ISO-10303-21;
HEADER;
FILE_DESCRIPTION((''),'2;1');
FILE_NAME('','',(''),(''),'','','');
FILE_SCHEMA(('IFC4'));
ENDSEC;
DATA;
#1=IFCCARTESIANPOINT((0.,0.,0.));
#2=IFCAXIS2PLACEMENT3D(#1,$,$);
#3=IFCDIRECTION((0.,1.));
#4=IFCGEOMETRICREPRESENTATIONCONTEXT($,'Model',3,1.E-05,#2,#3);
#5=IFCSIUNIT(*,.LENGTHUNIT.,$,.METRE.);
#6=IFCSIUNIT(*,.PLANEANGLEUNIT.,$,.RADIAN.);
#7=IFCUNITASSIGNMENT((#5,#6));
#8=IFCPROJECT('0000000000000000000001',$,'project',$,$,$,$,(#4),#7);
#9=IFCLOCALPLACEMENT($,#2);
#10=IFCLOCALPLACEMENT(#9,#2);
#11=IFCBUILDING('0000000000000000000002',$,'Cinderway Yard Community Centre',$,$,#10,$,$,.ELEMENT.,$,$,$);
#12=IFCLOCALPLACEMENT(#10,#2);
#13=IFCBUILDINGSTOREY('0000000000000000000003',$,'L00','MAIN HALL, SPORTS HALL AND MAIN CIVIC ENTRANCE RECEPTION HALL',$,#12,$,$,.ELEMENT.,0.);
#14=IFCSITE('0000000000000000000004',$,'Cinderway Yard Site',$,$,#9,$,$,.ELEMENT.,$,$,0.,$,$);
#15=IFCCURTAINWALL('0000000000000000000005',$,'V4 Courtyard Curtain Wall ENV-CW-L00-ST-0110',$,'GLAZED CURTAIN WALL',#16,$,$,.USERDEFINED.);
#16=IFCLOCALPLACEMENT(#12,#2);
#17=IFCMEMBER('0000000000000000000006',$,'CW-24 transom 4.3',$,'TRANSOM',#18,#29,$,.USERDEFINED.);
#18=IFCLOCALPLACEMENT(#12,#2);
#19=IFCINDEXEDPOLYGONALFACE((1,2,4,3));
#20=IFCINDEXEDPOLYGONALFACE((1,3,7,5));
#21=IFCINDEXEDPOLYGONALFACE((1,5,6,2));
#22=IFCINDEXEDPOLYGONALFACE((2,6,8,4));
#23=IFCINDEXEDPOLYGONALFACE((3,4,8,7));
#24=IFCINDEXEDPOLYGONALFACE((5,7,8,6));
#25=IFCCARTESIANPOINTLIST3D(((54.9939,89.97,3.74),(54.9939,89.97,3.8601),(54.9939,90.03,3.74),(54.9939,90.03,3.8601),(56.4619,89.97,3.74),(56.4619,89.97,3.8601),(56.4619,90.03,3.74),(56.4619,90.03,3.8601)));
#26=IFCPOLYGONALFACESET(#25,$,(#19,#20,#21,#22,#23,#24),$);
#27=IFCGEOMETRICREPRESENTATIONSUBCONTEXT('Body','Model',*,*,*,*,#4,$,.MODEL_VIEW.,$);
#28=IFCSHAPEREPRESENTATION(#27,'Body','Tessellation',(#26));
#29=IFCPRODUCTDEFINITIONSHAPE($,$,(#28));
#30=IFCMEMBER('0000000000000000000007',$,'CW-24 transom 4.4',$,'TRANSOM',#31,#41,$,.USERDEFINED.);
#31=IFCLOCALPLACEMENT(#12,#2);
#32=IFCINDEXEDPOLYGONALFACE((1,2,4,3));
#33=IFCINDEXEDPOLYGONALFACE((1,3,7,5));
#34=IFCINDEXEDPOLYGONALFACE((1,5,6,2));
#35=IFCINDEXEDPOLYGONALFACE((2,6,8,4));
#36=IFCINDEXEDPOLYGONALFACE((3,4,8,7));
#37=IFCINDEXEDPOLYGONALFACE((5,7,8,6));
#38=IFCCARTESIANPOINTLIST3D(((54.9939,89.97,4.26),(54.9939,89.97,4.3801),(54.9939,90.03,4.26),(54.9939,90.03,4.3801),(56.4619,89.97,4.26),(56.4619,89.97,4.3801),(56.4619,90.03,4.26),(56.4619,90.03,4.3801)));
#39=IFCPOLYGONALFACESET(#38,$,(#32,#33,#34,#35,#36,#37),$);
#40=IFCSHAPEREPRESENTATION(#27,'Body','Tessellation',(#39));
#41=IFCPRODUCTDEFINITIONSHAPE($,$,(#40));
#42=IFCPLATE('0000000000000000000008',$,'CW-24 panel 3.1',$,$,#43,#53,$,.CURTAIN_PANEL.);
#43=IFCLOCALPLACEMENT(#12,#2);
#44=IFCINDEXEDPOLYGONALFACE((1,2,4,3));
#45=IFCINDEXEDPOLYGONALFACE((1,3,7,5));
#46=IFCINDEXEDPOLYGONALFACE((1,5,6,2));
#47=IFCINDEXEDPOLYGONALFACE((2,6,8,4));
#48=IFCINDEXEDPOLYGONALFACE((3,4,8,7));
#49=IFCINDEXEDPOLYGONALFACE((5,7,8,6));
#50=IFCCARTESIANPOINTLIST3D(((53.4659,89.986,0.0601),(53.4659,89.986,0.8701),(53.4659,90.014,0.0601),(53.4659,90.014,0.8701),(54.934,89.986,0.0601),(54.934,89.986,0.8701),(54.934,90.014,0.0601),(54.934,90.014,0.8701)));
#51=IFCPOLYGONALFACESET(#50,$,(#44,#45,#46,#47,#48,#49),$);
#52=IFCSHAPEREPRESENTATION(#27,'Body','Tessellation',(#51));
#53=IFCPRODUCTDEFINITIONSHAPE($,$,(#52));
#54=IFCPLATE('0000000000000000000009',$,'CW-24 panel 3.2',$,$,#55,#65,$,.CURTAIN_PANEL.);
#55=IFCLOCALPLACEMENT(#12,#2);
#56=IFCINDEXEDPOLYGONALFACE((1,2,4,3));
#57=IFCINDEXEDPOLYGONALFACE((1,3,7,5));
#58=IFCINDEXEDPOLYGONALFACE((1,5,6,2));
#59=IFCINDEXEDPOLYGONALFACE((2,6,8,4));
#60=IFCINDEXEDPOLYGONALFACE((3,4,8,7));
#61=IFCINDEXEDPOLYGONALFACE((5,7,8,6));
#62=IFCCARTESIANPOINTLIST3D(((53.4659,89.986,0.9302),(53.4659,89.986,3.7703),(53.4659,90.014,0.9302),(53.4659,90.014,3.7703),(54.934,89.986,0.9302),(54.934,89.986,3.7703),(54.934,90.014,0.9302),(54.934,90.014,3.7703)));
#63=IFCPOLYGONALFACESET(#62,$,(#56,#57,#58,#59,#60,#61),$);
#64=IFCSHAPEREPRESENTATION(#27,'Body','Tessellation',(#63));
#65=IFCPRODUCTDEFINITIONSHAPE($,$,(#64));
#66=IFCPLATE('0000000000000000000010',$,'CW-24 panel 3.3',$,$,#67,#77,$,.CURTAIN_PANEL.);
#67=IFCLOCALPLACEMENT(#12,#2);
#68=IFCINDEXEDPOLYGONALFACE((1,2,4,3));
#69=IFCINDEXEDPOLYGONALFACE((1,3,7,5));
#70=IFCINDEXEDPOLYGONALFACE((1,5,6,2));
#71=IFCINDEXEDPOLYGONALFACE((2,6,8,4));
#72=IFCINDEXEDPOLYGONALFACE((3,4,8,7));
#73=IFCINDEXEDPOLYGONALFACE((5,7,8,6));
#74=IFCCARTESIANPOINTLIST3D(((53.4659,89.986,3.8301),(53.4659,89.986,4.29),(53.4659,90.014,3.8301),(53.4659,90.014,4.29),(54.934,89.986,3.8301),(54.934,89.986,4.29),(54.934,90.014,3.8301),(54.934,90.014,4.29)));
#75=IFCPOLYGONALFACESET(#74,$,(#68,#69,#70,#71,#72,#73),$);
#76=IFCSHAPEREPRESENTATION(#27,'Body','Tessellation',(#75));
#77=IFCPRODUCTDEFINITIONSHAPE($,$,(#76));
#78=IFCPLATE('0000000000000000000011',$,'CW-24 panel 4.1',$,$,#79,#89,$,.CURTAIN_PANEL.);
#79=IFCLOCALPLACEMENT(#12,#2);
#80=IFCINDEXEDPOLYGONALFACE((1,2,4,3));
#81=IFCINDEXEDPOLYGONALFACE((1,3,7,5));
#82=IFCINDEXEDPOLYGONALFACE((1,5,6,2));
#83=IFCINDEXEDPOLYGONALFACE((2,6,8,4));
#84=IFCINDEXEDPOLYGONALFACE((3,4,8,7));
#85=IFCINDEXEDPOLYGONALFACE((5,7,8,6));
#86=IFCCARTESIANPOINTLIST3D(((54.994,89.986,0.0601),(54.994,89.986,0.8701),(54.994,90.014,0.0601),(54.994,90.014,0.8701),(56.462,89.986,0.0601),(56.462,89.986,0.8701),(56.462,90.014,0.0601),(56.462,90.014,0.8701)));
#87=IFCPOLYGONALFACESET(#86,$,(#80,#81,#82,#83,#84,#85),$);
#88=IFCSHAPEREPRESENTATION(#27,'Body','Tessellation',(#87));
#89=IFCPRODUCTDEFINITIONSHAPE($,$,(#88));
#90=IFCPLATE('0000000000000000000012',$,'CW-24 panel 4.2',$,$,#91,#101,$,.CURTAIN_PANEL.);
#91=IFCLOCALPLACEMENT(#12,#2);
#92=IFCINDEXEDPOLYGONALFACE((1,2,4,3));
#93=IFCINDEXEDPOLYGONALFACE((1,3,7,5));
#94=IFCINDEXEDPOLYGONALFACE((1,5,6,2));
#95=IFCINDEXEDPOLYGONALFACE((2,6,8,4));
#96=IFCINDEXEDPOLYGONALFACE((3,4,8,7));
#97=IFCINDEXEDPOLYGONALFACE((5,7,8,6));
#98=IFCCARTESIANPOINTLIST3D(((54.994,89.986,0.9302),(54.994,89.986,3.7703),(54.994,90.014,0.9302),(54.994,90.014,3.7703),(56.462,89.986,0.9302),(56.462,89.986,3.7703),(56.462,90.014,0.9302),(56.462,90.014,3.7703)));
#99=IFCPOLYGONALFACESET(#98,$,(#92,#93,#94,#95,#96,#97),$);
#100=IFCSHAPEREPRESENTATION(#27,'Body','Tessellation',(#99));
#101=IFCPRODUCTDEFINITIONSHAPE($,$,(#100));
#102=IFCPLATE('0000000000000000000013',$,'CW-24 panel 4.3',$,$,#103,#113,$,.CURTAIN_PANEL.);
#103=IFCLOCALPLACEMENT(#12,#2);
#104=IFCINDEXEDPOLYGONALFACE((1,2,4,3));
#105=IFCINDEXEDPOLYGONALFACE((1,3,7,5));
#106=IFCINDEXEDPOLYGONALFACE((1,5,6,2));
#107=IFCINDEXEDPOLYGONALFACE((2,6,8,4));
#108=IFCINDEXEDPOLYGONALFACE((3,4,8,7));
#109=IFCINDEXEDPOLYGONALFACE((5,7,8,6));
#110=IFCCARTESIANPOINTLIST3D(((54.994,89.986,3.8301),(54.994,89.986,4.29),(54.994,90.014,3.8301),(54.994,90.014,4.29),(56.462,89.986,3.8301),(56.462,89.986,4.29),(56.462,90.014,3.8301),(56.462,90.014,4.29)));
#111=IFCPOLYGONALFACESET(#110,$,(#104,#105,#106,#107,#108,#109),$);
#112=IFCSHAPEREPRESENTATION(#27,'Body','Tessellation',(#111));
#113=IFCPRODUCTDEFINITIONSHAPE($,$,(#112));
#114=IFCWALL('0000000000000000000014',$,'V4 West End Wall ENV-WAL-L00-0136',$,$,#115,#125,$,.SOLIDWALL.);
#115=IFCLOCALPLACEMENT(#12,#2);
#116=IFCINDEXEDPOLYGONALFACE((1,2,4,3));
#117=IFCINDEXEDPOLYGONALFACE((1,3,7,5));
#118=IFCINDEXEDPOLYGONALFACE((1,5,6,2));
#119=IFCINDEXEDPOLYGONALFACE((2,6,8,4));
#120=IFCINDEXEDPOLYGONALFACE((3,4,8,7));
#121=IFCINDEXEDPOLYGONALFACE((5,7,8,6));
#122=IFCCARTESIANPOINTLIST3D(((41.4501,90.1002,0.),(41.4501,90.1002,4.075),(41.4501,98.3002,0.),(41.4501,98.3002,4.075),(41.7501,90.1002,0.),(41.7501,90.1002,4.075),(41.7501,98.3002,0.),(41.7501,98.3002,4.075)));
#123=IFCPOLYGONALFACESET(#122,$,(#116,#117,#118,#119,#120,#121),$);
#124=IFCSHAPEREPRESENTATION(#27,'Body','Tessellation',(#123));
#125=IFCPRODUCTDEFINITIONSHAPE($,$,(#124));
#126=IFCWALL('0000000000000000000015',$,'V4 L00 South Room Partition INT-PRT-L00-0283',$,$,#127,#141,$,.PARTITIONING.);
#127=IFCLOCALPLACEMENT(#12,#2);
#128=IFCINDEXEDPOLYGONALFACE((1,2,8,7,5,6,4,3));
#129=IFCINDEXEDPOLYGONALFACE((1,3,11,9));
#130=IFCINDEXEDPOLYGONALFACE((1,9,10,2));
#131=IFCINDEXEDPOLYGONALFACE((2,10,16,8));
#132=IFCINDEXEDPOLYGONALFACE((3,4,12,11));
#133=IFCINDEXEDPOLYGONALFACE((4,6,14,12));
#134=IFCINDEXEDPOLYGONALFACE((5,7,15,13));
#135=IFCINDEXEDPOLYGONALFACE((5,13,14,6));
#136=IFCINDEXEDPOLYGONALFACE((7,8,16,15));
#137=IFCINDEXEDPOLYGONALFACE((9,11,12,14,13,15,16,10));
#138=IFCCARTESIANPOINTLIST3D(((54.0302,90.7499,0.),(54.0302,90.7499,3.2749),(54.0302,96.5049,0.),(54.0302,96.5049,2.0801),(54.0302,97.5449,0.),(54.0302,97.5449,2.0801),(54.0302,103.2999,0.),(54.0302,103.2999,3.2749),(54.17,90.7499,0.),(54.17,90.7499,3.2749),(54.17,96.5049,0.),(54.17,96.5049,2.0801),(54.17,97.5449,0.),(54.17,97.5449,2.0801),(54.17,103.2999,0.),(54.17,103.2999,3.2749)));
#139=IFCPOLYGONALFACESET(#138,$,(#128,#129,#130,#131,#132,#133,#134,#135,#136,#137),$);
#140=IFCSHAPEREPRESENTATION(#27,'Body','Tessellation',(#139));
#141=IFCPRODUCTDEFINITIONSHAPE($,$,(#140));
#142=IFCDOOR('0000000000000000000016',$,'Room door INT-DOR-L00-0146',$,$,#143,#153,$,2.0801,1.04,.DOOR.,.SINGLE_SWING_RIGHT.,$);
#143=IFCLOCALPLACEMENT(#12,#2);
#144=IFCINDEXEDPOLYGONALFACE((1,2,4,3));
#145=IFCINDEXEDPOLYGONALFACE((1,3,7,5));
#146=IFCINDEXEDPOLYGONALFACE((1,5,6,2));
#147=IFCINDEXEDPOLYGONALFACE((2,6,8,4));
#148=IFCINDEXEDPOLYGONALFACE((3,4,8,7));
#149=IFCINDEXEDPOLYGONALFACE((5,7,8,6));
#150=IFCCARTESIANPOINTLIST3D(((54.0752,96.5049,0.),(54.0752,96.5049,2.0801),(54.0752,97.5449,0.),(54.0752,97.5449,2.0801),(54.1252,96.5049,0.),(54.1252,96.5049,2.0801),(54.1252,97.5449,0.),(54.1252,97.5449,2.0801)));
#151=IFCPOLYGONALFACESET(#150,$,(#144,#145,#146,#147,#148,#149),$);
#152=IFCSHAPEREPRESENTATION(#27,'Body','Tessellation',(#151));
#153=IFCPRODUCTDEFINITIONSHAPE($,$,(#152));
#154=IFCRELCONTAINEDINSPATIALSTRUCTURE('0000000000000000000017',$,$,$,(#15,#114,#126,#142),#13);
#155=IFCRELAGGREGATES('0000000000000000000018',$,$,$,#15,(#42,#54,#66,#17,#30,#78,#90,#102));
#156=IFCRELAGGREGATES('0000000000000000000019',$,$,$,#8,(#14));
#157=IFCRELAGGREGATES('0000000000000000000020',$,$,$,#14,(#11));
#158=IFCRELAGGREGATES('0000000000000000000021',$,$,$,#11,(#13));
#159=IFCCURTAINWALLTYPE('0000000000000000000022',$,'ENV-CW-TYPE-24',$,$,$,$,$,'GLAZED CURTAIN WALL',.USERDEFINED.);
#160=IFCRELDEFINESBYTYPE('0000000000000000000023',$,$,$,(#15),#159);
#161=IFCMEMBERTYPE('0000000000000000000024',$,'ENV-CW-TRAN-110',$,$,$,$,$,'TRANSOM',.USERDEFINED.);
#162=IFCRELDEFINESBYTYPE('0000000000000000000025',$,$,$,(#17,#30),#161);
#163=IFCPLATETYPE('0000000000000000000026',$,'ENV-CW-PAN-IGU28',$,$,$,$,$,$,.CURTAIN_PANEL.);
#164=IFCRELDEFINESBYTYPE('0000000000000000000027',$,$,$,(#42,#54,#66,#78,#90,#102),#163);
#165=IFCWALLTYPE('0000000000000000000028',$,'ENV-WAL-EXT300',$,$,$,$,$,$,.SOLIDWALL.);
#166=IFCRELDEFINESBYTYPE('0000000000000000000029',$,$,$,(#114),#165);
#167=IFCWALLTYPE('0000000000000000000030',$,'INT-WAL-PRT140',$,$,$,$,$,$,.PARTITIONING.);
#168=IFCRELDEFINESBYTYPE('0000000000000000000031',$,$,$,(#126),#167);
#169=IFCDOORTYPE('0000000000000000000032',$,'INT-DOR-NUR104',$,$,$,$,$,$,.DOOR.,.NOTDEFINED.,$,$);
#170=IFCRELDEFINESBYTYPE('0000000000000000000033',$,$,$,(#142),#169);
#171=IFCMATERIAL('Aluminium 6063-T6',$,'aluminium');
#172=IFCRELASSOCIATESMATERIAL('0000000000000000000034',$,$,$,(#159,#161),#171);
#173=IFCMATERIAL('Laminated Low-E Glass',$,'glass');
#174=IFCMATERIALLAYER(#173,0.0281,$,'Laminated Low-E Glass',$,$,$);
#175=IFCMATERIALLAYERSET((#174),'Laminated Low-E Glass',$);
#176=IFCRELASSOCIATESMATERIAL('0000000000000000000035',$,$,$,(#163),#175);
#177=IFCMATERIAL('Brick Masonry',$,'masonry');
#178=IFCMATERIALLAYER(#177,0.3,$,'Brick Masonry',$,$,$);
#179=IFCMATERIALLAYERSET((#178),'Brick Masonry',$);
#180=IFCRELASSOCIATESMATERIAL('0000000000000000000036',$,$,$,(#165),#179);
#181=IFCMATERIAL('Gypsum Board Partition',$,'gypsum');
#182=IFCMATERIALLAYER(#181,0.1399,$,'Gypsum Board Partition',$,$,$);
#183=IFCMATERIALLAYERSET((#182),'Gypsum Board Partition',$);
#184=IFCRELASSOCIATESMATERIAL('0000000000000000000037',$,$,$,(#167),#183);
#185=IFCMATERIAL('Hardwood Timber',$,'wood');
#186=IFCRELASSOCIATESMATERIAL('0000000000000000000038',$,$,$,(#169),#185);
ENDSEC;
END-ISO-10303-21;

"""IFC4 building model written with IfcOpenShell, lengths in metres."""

from ifc_helpers import new_model, si_unit, direction, frame, frame_2d, origin, origin_2d, place, context, subcontext, project, spatial, rectangle, extrude, material, layer, layer_set, material_profile, profile_set, type_object, element, fill, aggregate, save


model = new_model("IFC4")

# Units and contexts
model_context = context("Model", 3, precision=1e-05, world=origin(), true_north=direction((0.0, 1.0)))
body_context = subcontext(model_context, "Body", "Model", "MODEL_VIEW")
ifc_project = project(units=[si_unit("LENGTHUNIT", "METRE"), si_unit("PLANEANGLEUNIT", "RADIAN")], contexts=[model_context])

# Site, building, storey
site_placement = place(None, origin())
site = spatial("IfcSite", under=ifc_project, at=site_placement, Name="Cinderway Yard Site", CompositionType="ELEMENT", RefElevation=0.0)
building_placement = place(site_placement, origin())
building = spatial("IfcBuilding", under=site, at=building_placement, Name="Cinderway Yard Community Centre", CompositionType="ELEMENT")
storey_placement = place(building_placement, origin())
storey = spatial("IfcBuildingStorey", under=building, at=storey_placement, Name="L00", Description="MAIN HALL, SPORTS HALL AND MAIN CIVIC ENTRANCE RECEPTION HALL", CompositionType="ELEMENT", Elevation=0.0)

# Curtain wall, members, plates
ifc_material_1 = material(Name="Aluminium 6063-T6", Category="aluminium")
curtain_wall_type = type_object("IfcCurtainWallType", Name="ENV-CW-TYPE-24", ElementType="GLAZED CURTAIN WALL", PredefinedType="USERDEFINED", material=ifc_material_1)
curtain_wall_placement = place(storey_placement, origin())
curtain_wall = element("IfcCurtainWall", 1, at=curtain_wall_placement, inside=storey, type_object=curtain_wall_type, Name="V4 Courtyard Curtain Wall ENV-CW-L00-ST-0110", ObjectType="GLAZED CURTAIN WALL", PredefinedType="USERDEFINED")
ifc_material_profile_1 = material_profile(ifc_material_1, rectangle(XDim=0.0601, YDim=0.1201, at=origin_2d()), Name="Aluminium 6063-T6")
ifc_profile_set_1 = profile_set([ifc_material_profile_1], Name="Aluminium 6063-T6")
member_type_1 = type_object("IfcMemberType", Name="ENV-CW-TRAN-110", ElementType="TRANSOM", PredefinedType="USERDEFINED", material=ifc_profile_set_1)
member_1_placement = place(storey_placement, frame((54.9939, 90.0, 3.8), z_axis=(1.0, 0.0, 0.0), x_axis=(0.0, 1.0, 0.0)))
member_1 = element("IfcMember", 2, at=member_1_placement, type_object=member_type_1, Name="CW-24 transom 4.3", ObjectType="TRANSOM", PredefinedType="USERDEFINED", context=body_context, shape_type="SweptSolid", body=[
    extrude(rectangle(XDim=0.0601, YDim=0.1201, at=origin_2d()), origin(), (0.0, 0.0, 1.0), 1.468),
])
member_2_placement = place(storey_placement, frame((54.9939, 90.0, 4.3201), z_axis=(1.0, 0.0, 0.0), x_axis=(0.0, 1.0, 0.0)))
member_2 = element("IfcMember", 3, at=member_2_placement, type_object=member_type_1, Name="CW-24 transom 4.4", ObjectType="TRANSOM", PredefinedType="USERDEFINED", context=body_context, shape_type="SweptSolid", body=[
    extrude(rectangle(XDim=0.0601, YDim=0.1201, at=origin_2d()), origin(), (0.0, 0.0, 1.0), 1.468),
])
ifc_material_2 = material(Name="Laminated Low-E Glass", Category="glass")
ifc_layer_1 = layer(ifc_material_2, 0.0281, Name="Laminated Low-E Glass")
ifc_layer_set_1 = layer_set([ifc_layer_1], Name="Laminated Low-E Glass")
plate_type = type_object("IfcPlateType", Name="ENV-CW-PAN-IGU28", PredefinedType="CURTAIN_PANEL", material=ifc_layer_set_1)
plate_1_placement = place(storey_placement, frame((54.2, 90.0, 0.0601), z_axis=(0.0, 0.0, 1.0), x_axis=(1.0, 0.0, 0.0)))
plate_1 = element("IfcPlate", 4, at=plate_1_placement, type_object=plate_type, Name="CW-24 panel 3.1", PredefinedType="CURTAIN_PANEL", context=body_context, shape_type="SweptSolid", body=[
    extrude(rectangle(XDim=1.468, YDim=0.0281, at=origin_2d()), origin(), (0.0, 0.0, 1.0), 0.8101),
])
plate_2_placement = place(storey_placement, frame((54.2, 90.0, 0.9302), z_axis=(0.0, 0.0, 1.0), x_axis=(1.0, 0.0, 0.0)))
plate_2 = element("IfcPlate", 5, at=plate_2_placement, type_object=plate_type, Name="CW-24 panel 3.2", PredefinedType="CURTAIN_PANEL", context=body_context, shape_type="SweptSolid", body=[
    extrude(rectangle(XDim=1.468, YDim=0.0281, at=origin_2d()), origin(), (0.0, 0.0, 1.0), 2.8401),
])
plate_3_placement = place(storey_placement, frame((54.2, 90.0, 3.8301), z_axis=(0.0, 0.0, 1.0), x_axis=(1.0, 0.0, 0.0)))
plate_3 = element("IfcPlate", 6, at=plate_3_placement, type_object=plate_type, Name="CW-24 panel 3.3", PredefinedType="CURTAIN_PANEL", context=body_context, shape_type="SweptSolid", body=[
    extrude(rectangle(XDim=1.468, YDim=0.0281, at=origin_2d()), origin(), (0.0, 0.0, 1.0), 0.46),
])
plate_4_placement = place(storey_placement, frame((55.728, 90.0, 0.0601), z_axis=(0.0, 0.0, 1.0), x_axis=(1.0, 0.0, 0.0)))
plate_4 = element("IfcPlate", 7, at=plate_4_placement, type_object=plate_type, Name="CW-24 panel 4.1", PredefinedType="CURTAIN_PANEL", context=body_context, shape_type="SweptSolid", body=[
    extrude(rectangle(XDim=1.468, YDim=0.0281, at=origin_2d()), origin(), (0.0, 0.0, 1.0), 0.8101),
])
plate_5_placement = place(storey_placement, frame((55.728, 90.0, 0.9302), z_axis=(0.0, 0.0, 1.0), x_axis=(1.0, 0.0, 0.0)))
plate_5 = element("IfcPlate", 8, at=plate_5_placement, type_object=plate_type, Name="CW-24 panel 4.2", PredefinedType="CURTAIN_PANEL", context=body_context, shape_type="SweptSolid", body=[
    extrude(rectangle(XDim=1.468, YDim=0.0281, at=origin_2d()), origin(), (0.0, 0.0, 1.0), 2.8401),
])
plate_6_placement = place(storey_placement, frame((55.728, 90.0, 3.8301), z_axis=(0.0, 0.0, 1.0), x_axis=(1.0, 0.0, 0.0)))
plate_6 = element("IfcPlate", 9, at=plate_6_placement, type_object=plate_type, Name="CW-24 panel 4.3", PredefinedType="CURTAIN_PANEL", context=body_context, shape_type="SweptSolid", body=[
    extrude(rectangle(XDim=1.468, YDim=0.0281, at=origin_2d()), origin(), (0.0, 0.0, 1.0), 0.46),
])
aggregate(curtain_wall, [plate_1, plate_2, plate_3, member_1, member_2, plate_4, plate_5, plate_6])

# Wall
ifc_material_3 = material(Name="Brick Masonry", Category="masonry")
ifc_layer_2 = layer(ifc_material_3, 0.3, Name="Brick Masonry")
ifc_layer_set_2 = layer_set([ifc_layer_2], Name="Brick Masonry")
wall_type_1 = type_object("IfcWallType", Name="ENV-WAL-EXT300", PredefinedType="SOLIDWALL", material=ifc_layer_set_2)
wall_1_placement = place(storey_placement, frame((41.6001, 90.1001, 0.0), z_axis=(0.0, 0.0, 1.0), x_axis=(0.0, 1.0, 0.0)))
element("IfcWall", 10, at=wall_1_placement, inside=storey, type_object=wall_type_1, Name="V4 West End Wall ENV-WAL-L00-0136", PredefinedType="SOLIDWALL", context=body_context, shape_type="SweptSolid", body=[
    extrude(rectangle(XDim=8.2, YDim=0.3, at=frame_2d((4.1001, 0.0))), origin(), (0.0, 0.0, 1.0), 4.075),
])

# Wall, opening, door
ifc_material_4 = material(Name="Gypsum Board Partition", Category="gypsum")
ifc_layer_3 = layer(ifc_material_4, 0.1399, Name="Gypsum Board Partition")
ifc_layer_set_3 = layer_set([ifc_layer_3], Name="Gypsum Board Partition")
wall_type_2 = type_object("IfcWallType", Name="INT-WAL-PRT140", PredefinedType="PARTITIONING", material=ifc_layer_set_3)
wall_2_placement = place(storey_placement, frame((54.1001, 90.75, 0.0), z_axis=(0.0, 0.0, 1.0), x_axis=(0.0, 1.0, 0.0)))
wall_2 = element("IfcWall", 11, at=wall_2_placement, inside=storey, type_object=wall_type_2, Name="V4 L00 South Room Partition INT-PRT-L00-0283", PredefinedType="PARTITIONING", context=body_context, shape_type="SweptSolid", body=[
    extrude(rectangle(XDim=12.55, YDim=0.1399, at=frame_2d((6.2749, 0.0))), origin(), (0.0, 0.0, 1.0), 3.2749),
])
opening_placement = place(wall_2_placement, frame((5.7549, 0.0, 0.0)))
opening = element("IfcOpeningElement", 12, at=opening_placement, cuts=wall_2, PredefinedType="OPENING", context=body_context, shape_type="SweptSolid", body=[
    extrude(rectangle(XDim=1.04, YDim=2.0801, at=frame_2d((0.52, 1.04))), frame((0.0, 0.0798, 0.0), z_axis=(0.0, -1.0, 0.0), x_axis=(1.0, 0.0, 0.0)), (0.0, 0.0, 1.0), 0.1599),
])
ifc_material_5 = material(Name="Hardwood Timber", Category="wood")
door_type = type_object("IfcDoorType", Name="INT-DOR-NUR104", OperationType="NOTDEFINED", PredefinedType="DOOR", material=ifc_material_5)
door_placement = place(opening_placement, origin())
door = element("IfcDoor", 13, at=door_placement, inside=storey, type_object=door_type, Name="Room door INT-DOR-L00-0146", OperationType="SINGLE_SWING_RIGHT", OverallHeight=2.0801, OverallWidth=1.04, PredefinedType="DOOR", context=body_context, shape_type="SweptSolid", body=[
    extrude(rectangle(XDim=1.04, YDim=2.0801, at=frame_2d((0.52, 1.04))), frame((0.0, 0.0249, 0.0), z_axis=(0.0, -1.0, 0.0), x_axis=(1.0, 0.0, 0.0)), (0.0, 0.0, 1.0), 0.05),
])
fill(opening, door)

save(model, "model.ifc")
